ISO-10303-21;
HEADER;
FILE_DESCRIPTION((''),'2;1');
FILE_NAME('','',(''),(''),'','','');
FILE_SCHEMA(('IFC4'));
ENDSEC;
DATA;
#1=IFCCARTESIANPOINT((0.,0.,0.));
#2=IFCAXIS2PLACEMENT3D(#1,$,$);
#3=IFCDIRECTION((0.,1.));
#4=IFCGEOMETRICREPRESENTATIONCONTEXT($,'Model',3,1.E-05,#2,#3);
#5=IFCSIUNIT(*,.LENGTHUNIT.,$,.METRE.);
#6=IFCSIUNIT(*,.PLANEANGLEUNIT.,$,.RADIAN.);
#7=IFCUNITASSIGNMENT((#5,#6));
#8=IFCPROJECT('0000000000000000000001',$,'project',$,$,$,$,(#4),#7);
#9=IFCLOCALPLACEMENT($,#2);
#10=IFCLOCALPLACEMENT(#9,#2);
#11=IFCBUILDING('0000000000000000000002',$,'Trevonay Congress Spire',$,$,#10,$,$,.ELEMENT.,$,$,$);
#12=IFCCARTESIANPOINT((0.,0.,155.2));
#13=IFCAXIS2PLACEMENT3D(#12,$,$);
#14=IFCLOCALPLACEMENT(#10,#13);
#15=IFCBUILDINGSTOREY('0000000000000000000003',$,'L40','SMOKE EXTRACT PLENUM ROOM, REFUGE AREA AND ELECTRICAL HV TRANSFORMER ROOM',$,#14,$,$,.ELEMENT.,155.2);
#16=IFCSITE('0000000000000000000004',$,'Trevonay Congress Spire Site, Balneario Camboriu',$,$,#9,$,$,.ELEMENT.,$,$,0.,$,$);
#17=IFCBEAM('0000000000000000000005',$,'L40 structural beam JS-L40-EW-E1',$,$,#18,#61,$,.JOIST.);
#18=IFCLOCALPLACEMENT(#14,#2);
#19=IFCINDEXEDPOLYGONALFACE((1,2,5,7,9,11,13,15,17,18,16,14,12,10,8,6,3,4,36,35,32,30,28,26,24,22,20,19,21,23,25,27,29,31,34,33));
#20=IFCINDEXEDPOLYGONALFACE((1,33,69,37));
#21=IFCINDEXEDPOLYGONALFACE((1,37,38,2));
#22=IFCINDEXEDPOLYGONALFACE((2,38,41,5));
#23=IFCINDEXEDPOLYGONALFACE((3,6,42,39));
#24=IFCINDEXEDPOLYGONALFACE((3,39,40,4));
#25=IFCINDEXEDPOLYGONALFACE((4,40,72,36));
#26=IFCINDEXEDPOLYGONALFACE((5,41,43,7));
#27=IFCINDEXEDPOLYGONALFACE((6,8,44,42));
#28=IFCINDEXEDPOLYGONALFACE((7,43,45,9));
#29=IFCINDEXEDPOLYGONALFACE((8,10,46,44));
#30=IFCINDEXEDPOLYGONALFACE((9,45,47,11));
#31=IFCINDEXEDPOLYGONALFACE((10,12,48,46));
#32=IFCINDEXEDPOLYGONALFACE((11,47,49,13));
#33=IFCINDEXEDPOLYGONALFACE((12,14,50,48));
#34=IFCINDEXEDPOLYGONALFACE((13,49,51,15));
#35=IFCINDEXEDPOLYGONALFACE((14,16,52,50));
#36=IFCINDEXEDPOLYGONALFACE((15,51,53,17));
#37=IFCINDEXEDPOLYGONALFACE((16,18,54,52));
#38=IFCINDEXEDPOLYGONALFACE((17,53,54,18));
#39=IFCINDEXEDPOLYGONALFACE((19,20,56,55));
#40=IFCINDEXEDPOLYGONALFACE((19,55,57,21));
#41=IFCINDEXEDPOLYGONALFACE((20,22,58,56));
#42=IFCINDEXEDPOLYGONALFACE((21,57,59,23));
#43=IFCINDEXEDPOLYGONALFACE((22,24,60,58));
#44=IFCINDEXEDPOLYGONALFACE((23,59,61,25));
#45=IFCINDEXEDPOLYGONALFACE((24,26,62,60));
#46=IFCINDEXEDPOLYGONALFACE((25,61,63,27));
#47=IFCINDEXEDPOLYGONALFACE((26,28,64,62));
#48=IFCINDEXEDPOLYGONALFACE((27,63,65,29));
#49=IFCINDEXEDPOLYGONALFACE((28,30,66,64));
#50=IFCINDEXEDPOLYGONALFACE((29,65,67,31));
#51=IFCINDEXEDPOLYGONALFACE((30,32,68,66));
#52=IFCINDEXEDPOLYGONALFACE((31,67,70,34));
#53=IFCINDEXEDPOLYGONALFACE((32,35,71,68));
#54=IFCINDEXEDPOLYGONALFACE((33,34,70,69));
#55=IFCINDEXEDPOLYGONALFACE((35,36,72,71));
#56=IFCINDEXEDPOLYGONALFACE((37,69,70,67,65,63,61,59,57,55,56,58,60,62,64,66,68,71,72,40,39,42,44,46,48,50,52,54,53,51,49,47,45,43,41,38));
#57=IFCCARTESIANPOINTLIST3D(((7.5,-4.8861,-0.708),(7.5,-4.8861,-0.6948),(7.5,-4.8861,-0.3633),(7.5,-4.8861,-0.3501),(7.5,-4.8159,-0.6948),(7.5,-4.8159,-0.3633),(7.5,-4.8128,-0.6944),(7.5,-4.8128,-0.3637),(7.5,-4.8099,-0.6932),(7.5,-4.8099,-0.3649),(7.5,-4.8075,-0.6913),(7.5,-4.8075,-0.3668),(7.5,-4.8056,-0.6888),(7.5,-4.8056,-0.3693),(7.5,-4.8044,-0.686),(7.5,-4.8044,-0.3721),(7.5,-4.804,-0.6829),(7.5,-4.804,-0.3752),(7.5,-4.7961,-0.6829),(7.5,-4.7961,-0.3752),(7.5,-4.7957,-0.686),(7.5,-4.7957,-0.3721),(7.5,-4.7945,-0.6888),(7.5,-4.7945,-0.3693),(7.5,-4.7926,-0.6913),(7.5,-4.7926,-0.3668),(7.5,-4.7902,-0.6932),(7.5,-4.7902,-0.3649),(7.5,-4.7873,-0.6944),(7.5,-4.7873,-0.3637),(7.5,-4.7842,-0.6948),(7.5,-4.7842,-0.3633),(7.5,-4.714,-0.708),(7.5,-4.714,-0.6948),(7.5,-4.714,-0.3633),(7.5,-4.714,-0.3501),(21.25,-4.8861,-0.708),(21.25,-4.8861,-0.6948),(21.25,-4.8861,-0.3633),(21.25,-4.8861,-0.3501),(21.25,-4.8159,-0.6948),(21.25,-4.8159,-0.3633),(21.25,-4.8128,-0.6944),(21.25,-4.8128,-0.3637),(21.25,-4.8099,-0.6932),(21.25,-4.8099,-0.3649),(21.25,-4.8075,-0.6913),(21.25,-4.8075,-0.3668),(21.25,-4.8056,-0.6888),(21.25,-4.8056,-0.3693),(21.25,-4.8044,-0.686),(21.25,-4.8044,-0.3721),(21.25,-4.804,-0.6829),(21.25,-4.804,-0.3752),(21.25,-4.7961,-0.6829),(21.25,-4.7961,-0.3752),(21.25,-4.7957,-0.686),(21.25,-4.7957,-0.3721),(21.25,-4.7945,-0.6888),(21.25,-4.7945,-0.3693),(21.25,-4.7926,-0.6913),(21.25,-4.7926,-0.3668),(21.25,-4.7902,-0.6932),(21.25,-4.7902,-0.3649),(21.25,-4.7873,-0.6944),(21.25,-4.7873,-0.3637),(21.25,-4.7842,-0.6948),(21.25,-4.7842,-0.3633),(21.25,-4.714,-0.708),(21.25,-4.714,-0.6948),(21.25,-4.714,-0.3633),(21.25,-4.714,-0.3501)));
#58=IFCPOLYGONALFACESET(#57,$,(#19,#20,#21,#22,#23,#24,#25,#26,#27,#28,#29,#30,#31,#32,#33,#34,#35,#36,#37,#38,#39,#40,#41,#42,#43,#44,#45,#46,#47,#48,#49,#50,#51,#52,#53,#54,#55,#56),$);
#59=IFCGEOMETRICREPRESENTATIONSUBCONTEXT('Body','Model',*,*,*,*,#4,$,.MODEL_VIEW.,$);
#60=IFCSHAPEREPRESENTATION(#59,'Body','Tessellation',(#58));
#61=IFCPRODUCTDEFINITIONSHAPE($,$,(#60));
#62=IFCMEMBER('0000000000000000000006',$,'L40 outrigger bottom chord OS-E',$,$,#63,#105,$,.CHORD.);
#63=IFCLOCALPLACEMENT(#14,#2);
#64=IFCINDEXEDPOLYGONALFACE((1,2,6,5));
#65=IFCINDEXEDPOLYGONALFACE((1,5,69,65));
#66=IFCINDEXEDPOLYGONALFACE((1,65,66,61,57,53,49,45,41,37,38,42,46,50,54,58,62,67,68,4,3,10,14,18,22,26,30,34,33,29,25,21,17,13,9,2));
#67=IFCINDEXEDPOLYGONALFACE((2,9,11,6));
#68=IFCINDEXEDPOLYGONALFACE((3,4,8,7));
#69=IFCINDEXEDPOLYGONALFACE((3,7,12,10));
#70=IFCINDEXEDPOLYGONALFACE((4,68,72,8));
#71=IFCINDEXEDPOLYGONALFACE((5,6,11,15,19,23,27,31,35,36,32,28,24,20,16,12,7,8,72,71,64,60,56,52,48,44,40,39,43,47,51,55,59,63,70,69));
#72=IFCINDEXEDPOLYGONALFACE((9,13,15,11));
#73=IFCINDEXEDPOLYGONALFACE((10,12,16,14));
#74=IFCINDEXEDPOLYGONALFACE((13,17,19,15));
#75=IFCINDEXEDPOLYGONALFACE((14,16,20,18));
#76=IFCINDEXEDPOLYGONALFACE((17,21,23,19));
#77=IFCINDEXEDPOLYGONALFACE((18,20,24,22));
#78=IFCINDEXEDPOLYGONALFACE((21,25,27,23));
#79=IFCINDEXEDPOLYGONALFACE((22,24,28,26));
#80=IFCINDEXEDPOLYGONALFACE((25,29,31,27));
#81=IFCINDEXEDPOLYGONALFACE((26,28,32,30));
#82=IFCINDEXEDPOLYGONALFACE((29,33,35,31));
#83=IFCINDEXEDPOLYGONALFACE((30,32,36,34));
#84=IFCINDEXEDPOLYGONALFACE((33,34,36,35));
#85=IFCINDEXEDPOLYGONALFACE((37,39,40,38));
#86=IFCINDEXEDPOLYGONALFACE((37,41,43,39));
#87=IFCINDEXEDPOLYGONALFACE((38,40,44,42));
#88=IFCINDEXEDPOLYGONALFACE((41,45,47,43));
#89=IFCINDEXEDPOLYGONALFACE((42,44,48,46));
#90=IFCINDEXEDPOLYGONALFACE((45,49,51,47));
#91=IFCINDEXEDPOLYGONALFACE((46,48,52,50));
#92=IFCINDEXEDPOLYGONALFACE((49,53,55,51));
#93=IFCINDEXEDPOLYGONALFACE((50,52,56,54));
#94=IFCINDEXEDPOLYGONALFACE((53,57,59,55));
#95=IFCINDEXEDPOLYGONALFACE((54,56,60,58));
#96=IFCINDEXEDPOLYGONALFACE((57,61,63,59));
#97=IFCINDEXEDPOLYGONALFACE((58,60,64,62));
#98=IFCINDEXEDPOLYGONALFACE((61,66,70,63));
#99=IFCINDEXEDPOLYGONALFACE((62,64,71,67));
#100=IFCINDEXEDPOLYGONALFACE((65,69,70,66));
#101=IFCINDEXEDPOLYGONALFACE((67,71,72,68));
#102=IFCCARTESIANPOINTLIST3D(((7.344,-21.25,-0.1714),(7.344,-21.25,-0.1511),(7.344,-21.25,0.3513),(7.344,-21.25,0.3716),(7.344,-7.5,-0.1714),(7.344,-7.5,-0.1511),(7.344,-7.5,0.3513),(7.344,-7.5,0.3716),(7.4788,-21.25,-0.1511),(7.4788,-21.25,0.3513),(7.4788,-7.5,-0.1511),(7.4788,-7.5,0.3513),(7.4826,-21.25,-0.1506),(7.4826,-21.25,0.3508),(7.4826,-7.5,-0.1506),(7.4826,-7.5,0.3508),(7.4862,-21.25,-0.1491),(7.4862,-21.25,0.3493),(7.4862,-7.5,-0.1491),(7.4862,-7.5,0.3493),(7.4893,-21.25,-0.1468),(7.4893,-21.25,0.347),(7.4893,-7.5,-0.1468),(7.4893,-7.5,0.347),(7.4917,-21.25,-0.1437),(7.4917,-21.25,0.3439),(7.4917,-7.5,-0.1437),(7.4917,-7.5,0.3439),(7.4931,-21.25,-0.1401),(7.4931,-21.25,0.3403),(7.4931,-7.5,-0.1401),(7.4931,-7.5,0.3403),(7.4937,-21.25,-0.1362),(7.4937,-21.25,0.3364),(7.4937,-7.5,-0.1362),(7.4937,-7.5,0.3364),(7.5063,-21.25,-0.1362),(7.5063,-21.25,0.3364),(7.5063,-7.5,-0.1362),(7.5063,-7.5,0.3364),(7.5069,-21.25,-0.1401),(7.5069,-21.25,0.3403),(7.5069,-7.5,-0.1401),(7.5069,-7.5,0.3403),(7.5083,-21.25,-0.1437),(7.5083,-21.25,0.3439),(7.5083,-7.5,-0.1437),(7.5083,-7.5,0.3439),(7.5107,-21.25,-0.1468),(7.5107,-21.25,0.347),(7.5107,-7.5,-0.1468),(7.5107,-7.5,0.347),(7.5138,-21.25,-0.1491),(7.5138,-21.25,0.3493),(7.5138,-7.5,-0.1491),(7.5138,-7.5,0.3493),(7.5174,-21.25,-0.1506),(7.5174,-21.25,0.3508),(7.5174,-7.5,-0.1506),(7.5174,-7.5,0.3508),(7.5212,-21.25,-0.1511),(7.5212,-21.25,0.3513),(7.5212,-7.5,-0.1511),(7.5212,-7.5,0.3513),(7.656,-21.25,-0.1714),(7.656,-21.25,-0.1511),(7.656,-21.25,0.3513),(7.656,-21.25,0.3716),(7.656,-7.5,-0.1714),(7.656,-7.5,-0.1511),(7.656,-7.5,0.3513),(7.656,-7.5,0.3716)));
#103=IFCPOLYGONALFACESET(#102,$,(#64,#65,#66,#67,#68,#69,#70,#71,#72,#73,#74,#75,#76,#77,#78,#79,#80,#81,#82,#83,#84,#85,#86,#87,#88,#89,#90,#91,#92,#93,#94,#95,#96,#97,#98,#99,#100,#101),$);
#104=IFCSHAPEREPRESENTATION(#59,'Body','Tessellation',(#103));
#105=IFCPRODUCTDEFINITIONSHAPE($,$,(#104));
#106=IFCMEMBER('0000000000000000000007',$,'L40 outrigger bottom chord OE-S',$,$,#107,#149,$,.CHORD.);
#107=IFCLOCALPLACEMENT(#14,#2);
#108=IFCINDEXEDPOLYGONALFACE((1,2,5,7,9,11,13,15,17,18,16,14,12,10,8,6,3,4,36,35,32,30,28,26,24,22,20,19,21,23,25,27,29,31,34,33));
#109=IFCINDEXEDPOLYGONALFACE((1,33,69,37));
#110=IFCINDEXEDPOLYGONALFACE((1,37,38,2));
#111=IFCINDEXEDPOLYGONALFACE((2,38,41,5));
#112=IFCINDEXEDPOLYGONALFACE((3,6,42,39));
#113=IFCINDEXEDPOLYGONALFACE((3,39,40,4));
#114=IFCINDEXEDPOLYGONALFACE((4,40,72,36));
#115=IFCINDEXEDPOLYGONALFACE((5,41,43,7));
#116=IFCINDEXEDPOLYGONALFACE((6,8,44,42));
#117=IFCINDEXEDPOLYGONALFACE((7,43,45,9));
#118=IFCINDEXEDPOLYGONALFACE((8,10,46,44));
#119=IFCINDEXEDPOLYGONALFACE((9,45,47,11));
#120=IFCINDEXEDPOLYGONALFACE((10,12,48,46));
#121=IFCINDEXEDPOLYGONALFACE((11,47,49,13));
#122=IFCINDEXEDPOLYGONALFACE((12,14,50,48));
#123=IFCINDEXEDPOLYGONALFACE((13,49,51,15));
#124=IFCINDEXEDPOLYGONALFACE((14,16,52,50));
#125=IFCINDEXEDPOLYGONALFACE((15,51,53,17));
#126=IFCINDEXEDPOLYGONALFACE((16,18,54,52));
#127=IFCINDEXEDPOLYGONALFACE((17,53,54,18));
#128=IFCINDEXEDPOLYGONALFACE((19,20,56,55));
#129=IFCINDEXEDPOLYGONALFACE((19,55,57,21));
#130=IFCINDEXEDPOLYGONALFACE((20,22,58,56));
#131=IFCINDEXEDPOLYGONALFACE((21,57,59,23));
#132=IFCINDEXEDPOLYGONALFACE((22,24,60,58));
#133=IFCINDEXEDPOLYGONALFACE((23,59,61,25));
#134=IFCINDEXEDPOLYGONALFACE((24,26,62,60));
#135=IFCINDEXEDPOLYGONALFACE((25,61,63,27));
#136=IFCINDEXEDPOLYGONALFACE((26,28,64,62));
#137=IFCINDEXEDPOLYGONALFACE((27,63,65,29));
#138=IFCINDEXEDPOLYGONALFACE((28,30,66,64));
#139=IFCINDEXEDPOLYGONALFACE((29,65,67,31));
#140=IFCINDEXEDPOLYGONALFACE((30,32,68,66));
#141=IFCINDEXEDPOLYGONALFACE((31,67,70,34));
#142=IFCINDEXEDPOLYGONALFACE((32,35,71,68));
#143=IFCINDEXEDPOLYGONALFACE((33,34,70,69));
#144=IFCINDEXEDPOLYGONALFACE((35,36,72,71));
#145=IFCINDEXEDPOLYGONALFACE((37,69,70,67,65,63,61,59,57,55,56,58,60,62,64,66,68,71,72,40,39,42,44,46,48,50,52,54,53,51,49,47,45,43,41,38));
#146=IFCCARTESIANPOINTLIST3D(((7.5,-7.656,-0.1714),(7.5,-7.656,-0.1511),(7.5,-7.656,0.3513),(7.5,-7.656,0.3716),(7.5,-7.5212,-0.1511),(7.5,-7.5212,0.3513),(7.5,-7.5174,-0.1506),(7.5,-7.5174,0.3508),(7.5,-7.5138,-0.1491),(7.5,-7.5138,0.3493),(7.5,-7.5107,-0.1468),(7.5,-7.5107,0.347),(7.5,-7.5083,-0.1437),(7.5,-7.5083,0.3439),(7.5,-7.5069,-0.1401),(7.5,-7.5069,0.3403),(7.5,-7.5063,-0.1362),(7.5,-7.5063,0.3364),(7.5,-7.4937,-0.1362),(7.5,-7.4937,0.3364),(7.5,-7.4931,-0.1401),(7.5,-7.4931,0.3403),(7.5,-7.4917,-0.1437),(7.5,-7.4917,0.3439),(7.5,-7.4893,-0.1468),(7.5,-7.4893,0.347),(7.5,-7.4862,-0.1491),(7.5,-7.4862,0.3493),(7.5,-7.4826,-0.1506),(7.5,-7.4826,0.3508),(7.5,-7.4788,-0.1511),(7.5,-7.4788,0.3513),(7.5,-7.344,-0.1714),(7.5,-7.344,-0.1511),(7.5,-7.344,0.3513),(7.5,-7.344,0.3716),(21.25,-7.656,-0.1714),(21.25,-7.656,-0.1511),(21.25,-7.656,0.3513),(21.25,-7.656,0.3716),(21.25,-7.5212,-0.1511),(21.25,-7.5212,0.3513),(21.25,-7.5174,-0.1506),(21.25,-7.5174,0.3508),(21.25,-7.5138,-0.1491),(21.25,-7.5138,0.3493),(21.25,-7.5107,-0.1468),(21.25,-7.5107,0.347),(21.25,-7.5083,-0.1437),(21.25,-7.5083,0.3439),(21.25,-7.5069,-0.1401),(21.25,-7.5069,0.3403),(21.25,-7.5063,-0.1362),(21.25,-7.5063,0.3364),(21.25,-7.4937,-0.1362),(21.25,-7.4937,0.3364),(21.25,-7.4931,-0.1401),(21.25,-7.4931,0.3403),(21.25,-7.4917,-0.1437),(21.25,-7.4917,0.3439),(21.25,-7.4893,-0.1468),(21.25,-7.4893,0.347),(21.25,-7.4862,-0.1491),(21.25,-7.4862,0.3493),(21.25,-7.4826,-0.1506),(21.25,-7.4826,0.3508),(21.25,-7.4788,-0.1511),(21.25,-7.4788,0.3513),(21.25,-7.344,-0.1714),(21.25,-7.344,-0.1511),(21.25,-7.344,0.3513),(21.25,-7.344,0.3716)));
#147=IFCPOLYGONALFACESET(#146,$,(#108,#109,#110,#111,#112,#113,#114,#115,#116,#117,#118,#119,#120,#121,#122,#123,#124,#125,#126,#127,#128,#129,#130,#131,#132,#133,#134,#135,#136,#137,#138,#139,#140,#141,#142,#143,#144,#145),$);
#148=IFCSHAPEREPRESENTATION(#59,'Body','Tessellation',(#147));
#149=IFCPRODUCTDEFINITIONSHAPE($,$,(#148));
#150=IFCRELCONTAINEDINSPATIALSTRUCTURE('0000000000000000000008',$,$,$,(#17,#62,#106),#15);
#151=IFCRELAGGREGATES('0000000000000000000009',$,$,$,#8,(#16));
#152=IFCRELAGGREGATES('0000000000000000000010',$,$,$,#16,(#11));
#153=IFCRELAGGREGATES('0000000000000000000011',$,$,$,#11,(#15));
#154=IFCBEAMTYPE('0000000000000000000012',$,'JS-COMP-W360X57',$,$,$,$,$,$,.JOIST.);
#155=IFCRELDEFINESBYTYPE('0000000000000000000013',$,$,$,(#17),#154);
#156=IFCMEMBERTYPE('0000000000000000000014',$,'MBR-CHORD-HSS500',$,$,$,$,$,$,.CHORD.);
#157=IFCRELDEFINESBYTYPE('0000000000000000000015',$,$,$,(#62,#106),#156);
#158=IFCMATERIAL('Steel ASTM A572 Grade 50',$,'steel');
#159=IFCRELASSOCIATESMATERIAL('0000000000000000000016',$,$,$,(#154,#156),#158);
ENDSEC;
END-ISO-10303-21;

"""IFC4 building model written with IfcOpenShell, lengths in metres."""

from ifc_helpers import new_model, si_unit, direction, frame, origin, origin_2d, place, context, subcontext, project, spatial, i_section, extrude, material, material_profile, profile_set, type_object, element, save


model = new_model("IFC4")

# Units and contexts
model_context = context("Model", 3, precision=1e-05, world=origin(), true_north=direction((0.0, 1.0)))
body_context = subcontext(model_context, "Body", "Model", "MODEL_VIEW")
ifc_project = project(units=[si_unit("LENGTHUNIT", "METRE"), si_unit("PLANEANGLEUNIT", "RADIAN")], contexts=[model_context])

# Site, building, storey
site_placement = place(None, origin())
site = spatial("IfcSite", under=ifc_project, at=site_placement, Name="Trevonay Congress Spire Site, Balneario Camboriu", CompositionType="ELEMENT", RefElevation=0.0)
building_placement = place(site_placement, origin())
building = spatial("IfcBuilding", under=site, at=building_placement, Name="Trevonay Congress Spire", CompositionType="ELEMENT")
storey_placement = place(building_placement, frame((0.0, 0.0, 155.2)))
storey = spatial("IfcBuildingStorey", under=building, at=storey_placement, Name="L40", Description="SMOKE EXTRACT PLENUM ROOM, REFUGE AREA AND ELECTRICAL HV TRANSFORMER ROOM", CompositionType="ELEMENT", Elevation=155.2)

# Shared definitions
ifc_material_1 = material(Name="Steel ASTM A572 Grade 50", Category="steel")

# Beam
ifc_material_profile_1 = material_profile(ifc_material_1, i_section(OverallWidth=0.1721, OverallDepth=0.3579, WebThickness=0.0078, FlangeThickness=0.0132, FilletRadius=0.012, at=origin_2d()), Name="W360x57.8")
ifc_profile_set_1 = profile_set([ifc_material_profile_1], Name="Steel ASTM A572 Grade 50")
beam_type_1 = type_object("IfcBeamType", Name="JS-COMP-W360X57", PredefinedType="JOIST", material=ifc_profile_set_1)
beam_1_placement = place(storey_placement, frame((7.5, -4.8, -0.5291), z_axis=(1.0, 0.0, 0.0), x_axis=(0.0, 1.0, 0.0)))
element("IfcBeam", 1, at=beam_1_placement, inside=storey, type_object=beam_type_1, Name="L40 structural beam JS-L40-EW-E1", PredefinedType="JOIST", context=body_context, shape_type="SweptSolid", body=[
    extrude(i_section(OverallWidth=0.1721, OverallDepth=0.3579, WebThickness=0.0078, FlangeThickness=0.0132, FilletRadius=0.012, at=origin_2d()), origin(), (0.0, 0.0, 1.0), 13.75),
])

# Members
ifc_material_profile_2 = material_profile(ifc_material_1, i_section(OverallWidth=0.312, OverallDepth=0.543, WebThickness=0.0127, FlangeThickness=0.0203, FilletRadius=0.0149, at=origin_2d()), Name="W530x150")
ifc_profile_set_2 = profile_set([ifc_material_profile_2], Name="Steel ASTM A572 Grade 50")
member_type_1 = type_object("IfcMemberType", Name="MBR-CHORD-HSS500", PredefinedType="CHORD", material=ifc_profile_set_2)
for number, where, z_axis, x_axis, name in (
    (2, (7.5, -7.5, 0.1001), (0.0, -1.0, 0.0), (1.0, 0.0, 0.0), "L40 outrigger bottom chord OS-E"),
    (3, (7.5, -7.5, 0.1001), (1.0, 0.0, 0.0), (0.0, 1.0, 0.0), "L40 outrigger bottom chord OE-S"),
):
    element("IfcMember", number, at=place(storey_placement, frame(where, z_axis=z_axis, x_axis=x_axis)), inside=storey, type_object=member_type_1, Name=name, PredefinedType="CHORD", context=body_context, shape_type="SweptSolid", body=[
        extrude(i_section(OverallWidth=0.312, OverallDepth=0.543, WebThickness=0.0127, FlangeThickness=0.0203, FilletRadius=0.0149, at=origin_2d()), origin(), (0.0, 0.0, 1.0), 13.75),
    ])

save(model, "model.ifc")
